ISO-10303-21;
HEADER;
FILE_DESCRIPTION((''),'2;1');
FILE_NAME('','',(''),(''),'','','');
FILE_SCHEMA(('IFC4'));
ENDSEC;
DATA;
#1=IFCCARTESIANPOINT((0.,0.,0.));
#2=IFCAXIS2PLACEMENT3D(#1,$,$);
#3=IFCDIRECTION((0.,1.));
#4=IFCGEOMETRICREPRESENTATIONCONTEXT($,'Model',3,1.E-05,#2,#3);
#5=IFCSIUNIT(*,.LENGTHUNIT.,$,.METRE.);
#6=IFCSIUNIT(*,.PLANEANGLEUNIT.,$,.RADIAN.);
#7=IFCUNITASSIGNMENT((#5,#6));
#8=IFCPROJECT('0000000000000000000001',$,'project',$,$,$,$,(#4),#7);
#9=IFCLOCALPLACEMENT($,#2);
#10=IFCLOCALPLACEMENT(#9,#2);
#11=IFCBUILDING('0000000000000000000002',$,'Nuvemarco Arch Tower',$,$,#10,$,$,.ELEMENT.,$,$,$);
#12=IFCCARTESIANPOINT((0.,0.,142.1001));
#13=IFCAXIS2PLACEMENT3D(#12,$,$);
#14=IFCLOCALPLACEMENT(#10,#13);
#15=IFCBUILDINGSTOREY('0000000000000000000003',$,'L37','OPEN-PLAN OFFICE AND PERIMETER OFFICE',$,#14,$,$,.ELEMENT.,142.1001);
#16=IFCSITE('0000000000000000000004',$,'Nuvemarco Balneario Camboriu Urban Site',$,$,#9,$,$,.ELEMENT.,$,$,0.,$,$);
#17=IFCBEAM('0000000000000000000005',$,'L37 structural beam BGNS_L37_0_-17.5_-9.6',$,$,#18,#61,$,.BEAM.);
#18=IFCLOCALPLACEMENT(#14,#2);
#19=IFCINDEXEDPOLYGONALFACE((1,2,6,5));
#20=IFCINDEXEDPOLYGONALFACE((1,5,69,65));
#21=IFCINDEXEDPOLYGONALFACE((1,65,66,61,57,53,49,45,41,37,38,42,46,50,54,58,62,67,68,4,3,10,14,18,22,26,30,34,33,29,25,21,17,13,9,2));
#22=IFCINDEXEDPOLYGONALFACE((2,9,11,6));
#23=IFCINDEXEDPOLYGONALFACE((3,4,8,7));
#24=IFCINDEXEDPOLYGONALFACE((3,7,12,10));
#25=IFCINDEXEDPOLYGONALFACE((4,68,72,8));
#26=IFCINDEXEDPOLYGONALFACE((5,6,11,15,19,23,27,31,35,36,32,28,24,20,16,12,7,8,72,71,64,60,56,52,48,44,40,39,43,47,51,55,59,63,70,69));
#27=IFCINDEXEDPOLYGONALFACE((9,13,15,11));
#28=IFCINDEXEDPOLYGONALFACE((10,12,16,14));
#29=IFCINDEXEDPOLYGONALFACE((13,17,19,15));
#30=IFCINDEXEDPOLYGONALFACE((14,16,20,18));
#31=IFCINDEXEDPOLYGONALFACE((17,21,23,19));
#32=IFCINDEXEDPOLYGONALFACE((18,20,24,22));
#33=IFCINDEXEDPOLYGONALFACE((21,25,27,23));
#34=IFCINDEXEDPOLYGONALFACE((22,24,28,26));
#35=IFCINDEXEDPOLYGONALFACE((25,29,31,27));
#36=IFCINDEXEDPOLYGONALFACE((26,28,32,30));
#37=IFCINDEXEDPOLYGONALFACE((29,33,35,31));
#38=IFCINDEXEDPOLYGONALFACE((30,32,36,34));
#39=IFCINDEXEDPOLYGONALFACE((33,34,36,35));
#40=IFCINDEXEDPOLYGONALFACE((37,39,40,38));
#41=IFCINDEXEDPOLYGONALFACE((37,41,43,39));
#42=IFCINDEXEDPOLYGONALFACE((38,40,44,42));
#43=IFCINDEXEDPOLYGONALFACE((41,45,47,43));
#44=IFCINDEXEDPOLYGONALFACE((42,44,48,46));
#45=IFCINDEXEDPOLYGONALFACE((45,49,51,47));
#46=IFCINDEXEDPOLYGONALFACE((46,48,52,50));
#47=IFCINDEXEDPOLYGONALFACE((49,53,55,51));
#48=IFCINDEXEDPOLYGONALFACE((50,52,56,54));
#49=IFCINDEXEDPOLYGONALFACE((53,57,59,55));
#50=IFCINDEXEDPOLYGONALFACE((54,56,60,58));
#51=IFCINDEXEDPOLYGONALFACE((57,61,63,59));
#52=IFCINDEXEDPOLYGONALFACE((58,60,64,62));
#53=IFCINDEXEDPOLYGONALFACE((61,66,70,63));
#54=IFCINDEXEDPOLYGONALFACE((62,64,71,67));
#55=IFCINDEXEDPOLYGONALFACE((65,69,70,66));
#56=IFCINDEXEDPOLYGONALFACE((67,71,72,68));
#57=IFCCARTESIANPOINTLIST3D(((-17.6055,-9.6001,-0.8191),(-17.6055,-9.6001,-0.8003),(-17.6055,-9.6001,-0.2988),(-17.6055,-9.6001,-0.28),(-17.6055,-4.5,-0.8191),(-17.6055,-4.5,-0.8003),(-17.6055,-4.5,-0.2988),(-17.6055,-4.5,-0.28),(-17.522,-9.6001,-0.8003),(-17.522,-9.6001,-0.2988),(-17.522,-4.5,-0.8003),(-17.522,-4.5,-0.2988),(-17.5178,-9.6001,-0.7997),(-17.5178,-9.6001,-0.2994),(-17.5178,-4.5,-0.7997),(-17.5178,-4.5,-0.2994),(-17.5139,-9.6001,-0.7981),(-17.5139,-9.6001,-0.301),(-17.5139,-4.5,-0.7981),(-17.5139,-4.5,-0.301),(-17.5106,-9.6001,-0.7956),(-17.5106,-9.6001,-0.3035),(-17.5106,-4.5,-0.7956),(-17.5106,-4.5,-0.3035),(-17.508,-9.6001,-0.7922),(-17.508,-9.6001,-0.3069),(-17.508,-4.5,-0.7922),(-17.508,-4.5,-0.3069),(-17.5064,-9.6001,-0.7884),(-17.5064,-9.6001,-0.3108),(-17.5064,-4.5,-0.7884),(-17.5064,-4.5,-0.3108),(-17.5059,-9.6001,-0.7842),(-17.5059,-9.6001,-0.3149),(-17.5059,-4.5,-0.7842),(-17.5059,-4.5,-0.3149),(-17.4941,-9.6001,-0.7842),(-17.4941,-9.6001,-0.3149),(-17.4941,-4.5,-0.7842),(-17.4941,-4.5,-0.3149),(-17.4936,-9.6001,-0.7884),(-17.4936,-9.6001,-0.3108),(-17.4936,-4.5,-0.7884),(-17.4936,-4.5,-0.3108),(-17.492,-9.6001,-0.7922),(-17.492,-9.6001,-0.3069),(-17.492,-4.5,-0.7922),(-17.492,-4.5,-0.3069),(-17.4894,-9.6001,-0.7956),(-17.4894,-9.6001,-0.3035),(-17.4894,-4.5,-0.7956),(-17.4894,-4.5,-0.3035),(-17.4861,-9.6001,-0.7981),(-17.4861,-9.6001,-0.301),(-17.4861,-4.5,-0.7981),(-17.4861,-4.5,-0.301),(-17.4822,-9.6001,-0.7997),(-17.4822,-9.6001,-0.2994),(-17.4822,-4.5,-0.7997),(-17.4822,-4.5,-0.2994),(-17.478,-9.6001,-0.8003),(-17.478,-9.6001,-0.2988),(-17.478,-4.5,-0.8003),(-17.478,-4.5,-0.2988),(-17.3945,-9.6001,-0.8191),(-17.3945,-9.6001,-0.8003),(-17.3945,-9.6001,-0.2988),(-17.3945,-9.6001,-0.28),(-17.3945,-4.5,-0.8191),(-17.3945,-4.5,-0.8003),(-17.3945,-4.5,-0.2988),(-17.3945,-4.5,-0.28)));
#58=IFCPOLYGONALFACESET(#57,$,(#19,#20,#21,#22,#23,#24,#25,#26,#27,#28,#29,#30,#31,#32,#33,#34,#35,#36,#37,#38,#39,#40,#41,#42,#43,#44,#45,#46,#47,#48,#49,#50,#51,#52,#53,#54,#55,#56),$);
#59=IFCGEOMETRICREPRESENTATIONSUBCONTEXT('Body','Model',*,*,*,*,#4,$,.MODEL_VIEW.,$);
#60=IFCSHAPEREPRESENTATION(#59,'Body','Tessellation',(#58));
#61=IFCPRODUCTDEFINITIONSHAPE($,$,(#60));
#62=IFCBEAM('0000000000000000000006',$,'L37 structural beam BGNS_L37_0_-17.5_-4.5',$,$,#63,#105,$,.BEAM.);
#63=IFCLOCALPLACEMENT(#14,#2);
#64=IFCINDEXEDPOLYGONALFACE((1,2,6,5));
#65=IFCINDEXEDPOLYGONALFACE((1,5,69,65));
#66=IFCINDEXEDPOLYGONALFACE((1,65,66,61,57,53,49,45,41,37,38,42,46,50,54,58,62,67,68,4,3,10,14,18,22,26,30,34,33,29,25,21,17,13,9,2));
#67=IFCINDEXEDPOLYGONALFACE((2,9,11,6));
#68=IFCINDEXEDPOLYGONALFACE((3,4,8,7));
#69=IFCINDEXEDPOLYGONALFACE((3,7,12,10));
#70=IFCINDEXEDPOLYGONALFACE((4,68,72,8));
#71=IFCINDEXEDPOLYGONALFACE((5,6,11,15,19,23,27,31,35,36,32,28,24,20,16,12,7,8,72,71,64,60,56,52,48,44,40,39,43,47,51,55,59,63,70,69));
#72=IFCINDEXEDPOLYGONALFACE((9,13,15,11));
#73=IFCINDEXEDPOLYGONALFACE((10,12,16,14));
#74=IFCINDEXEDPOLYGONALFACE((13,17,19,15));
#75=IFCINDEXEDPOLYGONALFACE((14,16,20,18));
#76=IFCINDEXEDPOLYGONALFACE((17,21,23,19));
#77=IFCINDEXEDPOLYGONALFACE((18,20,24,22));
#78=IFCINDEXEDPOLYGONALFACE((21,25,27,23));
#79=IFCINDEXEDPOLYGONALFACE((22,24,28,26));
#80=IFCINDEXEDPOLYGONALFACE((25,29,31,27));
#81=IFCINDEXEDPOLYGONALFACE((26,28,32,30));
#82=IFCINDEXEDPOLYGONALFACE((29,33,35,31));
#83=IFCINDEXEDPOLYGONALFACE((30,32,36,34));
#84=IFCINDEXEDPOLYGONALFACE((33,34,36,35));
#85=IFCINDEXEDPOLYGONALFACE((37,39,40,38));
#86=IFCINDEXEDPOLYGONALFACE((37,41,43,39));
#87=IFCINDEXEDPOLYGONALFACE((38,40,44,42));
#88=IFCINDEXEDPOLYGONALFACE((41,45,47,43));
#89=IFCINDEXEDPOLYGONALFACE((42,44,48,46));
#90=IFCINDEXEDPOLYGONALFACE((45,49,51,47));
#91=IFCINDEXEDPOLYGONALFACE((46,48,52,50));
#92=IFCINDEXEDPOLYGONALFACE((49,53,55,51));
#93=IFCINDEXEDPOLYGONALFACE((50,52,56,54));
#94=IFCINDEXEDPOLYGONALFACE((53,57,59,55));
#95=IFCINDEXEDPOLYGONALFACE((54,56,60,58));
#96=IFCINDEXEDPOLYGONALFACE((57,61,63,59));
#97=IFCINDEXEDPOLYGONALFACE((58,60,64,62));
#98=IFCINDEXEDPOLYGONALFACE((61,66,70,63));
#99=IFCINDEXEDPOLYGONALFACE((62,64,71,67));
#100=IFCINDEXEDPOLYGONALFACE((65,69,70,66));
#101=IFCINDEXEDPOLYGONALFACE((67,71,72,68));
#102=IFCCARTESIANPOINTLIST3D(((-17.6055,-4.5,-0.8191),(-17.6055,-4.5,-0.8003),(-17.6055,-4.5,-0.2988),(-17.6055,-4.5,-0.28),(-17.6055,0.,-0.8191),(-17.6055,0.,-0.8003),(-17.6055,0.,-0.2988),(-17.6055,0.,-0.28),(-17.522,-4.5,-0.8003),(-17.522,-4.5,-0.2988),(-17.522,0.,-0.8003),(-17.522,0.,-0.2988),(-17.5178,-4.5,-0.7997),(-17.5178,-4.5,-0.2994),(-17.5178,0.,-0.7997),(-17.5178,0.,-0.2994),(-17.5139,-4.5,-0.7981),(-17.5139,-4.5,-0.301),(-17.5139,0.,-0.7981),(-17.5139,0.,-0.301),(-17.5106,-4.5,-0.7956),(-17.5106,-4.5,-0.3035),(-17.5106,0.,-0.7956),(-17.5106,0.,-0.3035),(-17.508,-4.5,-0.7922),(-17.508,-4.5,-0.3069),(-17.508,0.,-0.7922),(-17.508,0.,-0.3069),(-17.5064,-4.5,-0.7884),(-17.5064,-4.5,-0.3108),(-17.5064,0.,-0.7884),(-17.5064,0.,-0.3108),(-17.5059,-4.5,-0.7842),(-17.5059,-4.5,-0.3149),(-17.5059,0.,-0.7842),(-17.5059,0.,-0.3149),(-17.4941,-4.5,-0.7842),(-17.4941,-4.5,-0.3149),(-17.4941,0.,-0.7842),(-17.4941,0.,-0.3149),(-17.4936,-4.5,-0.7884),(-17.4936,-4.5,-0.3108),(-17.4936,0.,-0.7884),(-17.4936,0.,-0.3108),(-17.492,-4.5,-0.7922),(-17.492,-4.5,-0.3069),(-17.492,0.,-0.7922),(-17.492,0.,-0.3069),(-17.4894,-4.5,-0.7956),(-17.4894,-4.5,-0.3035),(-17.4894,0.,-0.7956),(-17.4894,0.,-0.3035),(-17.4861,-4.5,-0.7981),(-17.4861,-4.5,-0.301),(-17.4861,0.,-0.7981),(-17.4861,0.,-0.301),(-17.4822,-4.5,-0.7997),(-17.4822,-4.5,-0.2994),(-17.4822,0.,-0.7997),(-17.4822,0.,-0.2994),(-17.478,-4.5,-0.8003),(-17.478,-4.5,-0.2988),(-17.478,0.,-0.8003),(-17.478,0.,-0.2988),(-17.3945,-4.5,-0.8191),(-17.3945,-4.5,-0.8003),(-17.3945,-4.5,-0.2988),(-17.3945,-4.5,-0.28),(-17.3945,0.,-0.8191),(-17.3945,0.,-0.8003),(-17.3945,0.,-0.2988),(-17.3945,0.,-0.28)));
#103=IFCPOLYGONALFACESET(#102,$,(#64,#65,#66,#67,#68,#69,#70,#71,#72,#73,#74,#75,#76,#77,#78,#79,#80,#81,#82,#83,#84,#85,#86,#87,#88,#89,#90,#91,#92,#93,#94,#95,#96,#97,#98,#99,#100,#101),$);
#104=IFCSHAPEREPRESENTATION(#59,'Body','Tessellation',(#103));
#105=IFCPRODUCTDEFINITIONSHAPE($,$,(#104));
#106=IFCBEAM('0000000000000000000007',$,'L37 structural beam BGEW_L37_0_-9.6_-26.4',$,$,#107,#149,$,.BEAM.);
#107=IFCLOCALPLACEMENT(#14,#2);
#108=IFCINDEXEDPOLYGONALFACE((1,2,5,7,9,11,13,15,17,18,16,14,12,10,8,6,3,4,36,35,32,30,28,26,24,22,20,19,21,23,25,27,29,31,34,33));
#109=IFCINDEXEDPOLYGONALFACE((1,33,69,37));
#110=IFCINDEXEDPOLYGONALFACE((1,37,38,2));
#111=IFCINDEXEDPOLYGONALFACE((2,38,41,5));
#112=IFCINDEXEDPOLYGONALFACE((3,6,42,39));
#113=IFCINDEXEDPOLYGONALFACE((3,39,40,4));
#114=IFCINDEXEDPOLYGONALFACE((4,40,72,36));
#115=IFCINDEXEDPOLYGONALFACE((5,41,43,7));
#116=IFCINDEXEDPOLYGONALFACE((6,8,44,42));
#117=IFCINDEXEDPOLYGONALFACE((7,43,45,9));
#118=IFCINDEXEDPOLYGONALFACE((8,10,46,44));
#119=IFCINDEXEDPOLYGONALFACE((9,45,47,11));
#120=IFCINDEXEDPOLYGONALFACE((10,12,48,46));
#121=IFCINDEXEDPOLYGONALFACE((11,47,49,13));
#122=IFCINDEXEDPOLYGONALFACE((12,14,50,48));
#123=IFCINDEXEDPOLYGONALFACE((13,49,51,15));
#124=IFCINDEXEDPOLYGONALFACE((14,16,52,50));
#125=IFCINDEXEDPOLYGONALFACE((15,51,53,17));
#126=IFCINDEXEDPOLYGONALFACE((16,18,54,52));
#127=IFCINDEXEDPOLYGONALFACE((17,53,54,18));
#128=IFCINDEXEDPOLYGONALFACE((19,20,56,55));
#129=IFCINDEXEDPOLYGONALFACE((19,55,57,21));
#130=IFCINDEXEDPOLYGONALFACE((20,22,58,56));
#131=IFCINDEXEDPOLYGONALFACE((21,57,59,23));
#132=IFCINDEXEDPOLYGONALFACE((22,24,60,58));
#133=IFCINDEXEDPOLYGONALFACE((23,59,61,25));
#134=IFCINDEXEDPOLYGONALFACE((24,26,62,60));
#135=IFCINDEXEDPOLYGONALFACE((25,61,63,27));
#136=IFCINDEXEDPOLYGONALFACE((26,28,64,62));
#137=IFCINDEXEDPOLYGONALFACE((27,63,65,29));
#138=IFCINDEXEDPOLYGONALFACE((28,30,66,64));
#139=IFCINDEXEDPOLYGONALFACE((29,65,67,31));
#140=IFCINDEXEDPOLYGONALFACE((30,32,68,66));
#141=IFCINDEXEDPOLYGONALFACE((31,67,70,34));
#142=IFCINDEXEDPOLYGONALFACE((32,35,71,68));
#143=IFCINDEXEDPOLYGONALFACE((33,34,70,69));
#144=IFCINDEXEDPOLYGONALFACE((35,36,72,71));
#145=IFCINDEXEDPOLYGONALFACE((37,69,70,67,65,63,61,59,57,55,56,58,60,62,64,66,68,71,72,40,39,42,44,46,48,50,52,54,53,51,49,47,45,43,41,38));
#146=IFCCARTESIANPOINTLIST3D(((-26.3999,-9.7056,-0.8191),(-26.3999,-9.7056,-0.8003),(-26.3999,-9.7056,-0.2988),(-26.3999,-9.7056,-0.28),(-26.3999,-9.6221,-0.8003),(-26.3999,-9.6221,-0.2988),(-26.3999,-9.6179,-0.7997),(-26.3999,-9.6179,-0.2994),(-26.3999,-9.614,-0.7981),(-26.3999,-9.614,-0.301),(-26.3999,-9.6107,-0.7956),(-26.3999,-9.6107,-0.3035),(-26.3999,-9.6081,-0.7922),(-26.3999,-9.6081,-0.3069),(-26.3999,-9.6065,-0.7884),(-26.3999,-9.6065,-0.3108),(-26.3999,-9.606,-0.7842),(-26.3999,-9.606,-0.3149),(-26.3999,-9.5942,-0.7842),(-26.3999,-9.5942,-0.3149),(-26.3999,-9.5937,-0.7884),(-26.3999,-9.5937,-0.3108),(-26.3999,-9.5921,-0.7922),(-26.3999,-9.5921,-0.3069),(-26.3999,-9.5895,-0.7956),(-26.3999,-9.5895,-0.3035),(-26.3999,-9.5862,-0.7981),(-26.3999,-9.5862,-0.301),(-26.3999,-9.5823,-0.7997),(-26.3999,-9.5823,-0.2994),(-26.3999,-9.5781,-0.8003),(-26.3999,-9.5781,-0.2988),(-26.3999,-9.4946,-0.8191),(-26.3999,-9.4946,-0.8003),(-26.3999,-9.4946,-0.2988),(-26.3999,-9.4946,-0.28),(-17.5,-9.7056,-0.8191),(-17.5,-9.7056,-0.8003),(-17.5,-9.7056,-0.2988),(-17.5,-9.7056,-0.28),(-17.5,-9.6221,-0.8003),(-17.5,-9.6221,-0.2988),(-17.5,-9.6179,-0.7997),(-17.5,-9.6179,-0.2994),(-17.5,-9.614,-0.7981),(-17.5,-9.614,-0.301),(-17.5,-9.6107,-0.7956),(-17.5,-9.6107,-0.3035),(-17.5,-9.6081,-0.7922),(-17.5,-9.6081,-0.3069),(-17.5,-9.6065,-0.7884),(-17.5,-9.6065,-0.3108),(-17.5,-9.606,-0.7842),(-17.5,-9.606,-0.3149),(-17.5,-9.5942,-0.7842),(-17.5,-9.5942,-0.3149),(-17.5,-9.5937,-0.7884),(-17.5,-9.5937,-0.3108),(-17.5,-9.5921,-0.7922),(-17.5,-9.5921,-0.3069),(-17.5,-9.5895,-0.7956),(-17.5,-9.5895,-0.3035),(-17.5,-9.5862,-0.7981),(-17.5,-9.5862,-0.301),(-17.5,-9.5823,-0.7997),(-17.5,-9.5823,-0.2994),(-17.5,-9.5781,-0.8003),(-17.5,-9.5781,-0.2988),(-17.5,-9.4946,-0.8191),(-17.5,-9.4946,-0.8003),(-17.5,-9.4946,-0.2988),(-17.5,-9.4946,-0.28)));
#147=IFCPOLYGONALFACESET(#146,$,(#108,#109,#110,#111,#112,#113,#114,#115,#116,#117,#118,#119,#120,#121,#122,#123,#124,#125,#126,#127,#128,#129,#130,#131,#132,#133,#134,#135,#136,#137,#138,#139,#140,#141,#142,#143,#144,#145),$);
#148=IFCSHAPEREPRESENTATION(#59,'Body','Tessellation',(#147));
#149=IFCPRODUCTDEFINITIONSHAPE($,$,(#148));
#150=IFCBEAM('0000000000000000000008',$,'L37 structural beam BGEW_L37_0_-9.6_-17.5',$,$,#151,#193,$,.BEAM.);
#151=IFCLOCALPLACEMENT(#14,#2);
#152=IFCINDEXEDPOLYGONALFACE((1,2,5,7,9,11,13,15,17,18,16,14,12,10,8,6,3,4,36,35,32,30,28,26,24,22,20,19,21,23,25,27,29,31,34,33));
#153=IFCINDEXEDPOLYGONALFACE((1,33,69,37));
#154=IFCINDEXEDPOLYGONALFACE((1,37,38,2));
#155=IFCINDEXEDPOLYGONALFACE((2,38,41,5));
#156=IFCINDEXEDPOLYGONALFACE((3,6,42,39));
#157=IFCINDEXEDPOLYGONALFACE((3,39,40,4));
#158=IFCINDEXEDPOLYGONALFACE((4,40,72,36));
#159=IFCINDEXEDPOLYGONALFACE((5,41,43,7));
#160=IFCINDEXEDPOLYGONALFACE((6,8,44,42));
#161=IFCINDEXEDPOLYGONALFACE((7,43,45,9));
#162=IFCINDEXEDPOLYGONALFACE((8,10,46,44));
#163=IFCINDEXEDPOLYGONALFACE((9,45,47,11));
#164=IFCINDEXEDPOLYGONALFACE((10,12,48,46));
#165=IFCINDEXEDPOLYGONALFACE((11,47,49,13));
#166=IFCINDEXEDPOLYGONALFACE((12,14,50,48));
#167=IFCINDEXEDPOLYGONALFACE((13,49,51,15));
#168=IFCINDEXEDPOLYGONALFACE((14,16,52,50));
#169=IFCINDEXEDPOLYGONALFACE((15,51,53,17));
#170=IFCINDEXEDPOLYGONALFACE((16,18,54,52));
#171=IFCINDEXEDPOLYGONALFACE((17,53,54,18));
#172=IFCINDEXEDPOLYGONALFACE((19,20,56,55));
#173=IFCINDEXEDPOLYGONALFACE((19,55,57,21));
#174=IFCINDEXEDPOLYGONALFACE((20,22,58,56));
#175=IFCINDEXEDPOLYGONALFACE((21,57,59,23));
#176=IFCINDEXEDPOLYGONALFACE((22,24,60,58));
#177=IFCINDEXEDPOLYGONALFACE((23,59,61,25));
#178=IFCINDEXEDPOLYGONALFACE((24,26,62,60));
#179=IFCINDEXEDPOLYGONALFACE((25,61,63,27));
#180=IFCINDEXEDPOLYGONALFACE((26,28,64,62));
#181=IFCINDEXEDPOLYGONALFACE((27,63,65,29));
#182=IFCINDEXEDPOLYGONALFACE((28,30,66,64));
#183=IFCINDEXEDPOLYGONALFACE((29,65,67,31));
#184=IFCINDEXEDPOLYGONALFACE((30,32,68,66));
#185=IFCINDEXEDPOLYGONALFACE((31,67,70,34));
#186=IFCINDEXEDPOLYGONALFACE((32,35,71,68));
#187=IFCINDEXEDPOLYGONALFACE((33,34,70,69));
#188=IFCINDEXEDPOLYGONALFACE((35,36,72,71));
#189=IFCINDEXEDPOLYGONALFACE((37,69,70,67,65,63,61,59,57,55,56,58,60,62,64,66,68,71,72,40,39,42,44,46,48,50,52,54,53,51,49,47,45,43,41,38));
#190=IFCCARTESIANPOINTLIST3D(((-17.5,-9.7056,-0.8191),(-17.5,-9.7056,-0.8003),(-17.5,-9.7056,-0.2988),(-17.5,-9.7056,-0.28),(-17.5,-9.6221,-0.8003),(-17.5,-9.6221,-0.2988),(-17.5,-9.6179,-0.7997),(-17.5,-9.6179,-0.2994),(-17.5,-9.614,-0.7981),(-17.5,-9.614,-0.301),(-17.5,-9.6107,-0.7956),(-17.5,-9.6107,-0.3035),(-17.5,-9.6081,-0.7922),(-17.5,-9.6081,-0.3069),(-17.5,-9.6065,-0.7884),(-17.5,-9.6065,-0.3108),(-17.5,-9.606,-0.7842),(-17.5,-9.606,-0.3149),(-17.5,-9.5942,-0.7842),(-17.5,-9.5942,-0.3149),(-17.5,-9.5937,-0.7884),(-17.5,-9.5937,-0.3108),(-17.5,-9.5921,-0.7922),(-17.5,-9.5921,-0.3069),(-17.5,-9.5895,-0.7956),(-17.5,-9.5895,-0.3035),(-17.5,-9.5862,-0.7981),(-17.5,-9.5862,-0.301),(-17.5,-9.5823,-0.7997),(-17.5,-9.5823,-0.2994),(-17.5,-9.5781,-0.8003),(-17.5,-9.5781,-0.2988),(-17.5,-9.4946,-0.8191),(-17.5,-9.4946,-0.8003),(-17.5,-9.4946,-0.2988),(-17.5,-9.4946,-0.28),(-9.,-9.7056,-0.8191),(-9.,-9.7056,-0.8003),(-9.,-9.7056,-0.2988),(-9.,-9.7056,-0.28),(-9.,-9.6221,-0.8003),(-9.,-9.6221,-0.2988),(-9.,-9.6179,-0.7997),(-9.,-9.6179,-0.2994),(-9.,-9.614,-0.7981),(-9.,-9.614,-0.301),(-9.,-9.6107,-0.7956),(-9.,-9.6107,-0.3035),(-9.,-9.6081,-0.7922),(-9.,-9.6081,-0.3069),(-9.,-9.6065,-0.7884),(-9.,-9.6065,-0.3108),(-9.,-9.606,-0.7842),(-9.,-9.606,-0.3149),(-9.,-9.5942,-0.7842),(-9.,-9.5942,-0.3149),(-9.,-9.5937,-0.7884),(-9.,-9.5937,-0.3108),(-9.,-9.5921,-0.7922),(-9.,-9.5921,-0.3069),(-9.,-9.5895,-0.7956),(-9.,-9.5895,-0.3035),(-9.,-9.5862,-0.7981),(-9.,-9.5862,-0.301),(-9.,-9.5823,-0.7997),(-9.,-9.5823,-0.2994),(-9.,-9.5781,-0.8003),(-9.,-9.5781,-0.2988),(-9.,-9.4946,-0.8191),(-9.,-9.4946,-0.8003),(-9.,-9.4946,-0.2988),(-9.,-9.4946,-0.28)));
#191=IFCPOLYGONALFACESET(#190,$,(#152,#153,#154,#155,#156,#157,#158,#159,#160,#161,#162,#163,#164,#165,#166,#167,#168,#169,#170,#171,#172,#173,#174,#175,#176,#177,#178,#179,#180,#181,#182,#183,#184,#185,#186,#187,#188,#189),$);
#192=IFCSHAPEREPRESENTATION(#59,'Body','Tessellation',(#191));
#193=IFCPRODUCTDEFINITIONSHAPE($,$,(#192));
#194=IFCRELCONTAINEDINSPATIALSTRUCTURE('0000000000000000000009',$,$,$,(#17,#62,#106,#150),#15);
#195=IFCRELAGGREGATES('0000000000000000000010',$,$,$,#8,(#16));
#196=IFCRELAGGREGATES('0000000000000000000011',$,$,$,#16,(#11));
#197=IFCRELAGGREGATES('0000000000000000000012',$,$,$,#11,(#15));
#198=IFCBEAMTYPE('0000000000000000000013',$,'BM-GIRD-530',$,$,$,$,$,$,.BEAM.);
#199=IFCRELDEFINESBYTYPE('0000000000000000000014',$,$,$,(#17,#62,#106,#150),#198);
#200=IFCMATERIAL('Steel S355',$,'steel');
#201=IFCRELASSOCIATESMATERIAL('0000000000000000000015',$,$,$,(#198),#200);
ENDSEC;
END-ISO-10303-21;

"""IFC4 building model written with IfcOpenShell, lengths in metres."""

from ifc_helpers import new_model, si_unit, direction, frame, origin, origin_2d, place, context, subcontext, project, spatial, i_section, extrude, material, material_profile, profile_set, type_object, element, save


model = new_model("IFC4")

# Units and contexts
model_context = context("Model", 3, precision=1e-05, world=origin(), true_north=direction((0.0, 1.0)))
body_context = subcontext(model_context, "Body", "Model", "MODEL_VIEW")
ifc_project = project(units=[si_unit("LENGTHUNIT", "METRE"), si_unit("PLANEANGLEUNIT", "RADIAN")], contexts=[model_context])

# Site, building, storey
site_placement = place(None, origin())
site = spatial("IfcSite", under=ifc_project, at=site_placement, Name="Nuvemarco Balneario Camboriu Urban Site", CompositionType="ELEMENT", RefElevation=0.0)
building_placement = place(site_placement, origin())
building = spatial("IfcBuilding", under=site, at=building_placement, Name="Nuvemarco Arch Tower", CompositionType="ELEMENT")
storey_placement = place(building_placement, frame((0.0, 0.0, 142.1001)))
storey = spatial("IfcBuildingStorey", under=building, at=storey_placement, Name="L37", Description="OPEN-PLAN OFFICE AND PERIMETER OFFICE", CompositionType="ELEMENT", Elevation=142.1001)

# Shared definitions
ifc_material_1 = material(Name="Steel S355", Category="steel")

# Beams
ifc_material_profile_1 = material_profile(ifc_material_1, i_section(OverallWidth=0.2109, OverallDepth=0.5391, WebThickness=0.0117, FlangeThickness=0.0188, FilletRadius=0.0161, at=origin_2d()), Name="W530x109")
ifc_profile_set_1 = profile_set([ifc_material_profile_1], Name="Steel S355")
beam_type_1 = type_object("IfcBeamType", Name="BM-GIRD-530", PredefinedType="BEAM", material=ifc_profile_set_1)
beam_1_placement = place(storey_placement, frame((-17.5, -9.6001, -0.5496), z_axis=(0.0, 1.0, 0.0), x_axis=(-1.0, 0.0, 0.0)))
element("IfcBeam", 1, at=beam_1_placement, inside=storey, type_object=beam_type_1, Name="L37 structural beam BGNS_L37_0_-17.5_-9.6", PredefinedType="BEAM", context=body_context, shape_type="SweptSolid", body=[
    extrude(i_section(OverallWidth=0.2109, OverallDepth=0.5391, WebThickness=0.0117, FlangeThickness=0.0188, FilletRadius=0.0161, at=origin_2d()), origin(), (0.0, 0.0, 1.0), 5.1001),
])
beam_2_placement = place(storey_placement, frame((-17.5, -4.5, -0.5496), z_axis=(0.0, 1.0, 0.0), x_axis=(-1.0, 0.0, 0.0)))
element("IfcBeam", 2, at=beam_2_placement, inside=storey, type_object=beam_type_1, Name="L37 structural beam BGNS_L37_0_-17.5_-4.5", PredefinedType="BEAM", context=body_context, shape_type="SweptSolid", body=[
    extrude(i_section(OverallWidth=0.2109, OverallDepth=0.5391, WebThickness=0.0117, FlangeThickness=0.0188, FilletRadius=0.0161, at=origin_2d()), origin(), (0.0, 0.0, 1.0), 4.5),
])
beam_3_placement = place(storey_placement, frame((-26.3999, -9.6001, -0.5496), z_axis=(1.0, 0.0, 0.0), x_axis=(0.0, 1.0, 0.0)))
element("IfcBeam", 3, at=beam_3_placement, inside=storey, type_object=beam_type_1, Name="L37 structural beam BGEW_L37_0_-9.6_-26.4", PredefinedType="BEAM", context=body_context, shape_type="SweptSolid", body=[
    extrude(i_section(OverallWidth=0.2109, OverallDepth=0.5391, WebThickness=0.0117, FlangeThickness=0.0188, FilletRadius=0.0161, at=origin_2d()), origin(), (0.0, 0.0, 1.0), 8.8999),
])
beam_4_placement = place(storey_placement, frame((-17.5, -9.6001, -0.5496), z_axis=(1.0, 0.0, 0.0), x_axis=(0.0, 1.0, 0.0)))
element("IfcBeam", 4, at=beam_4_placement, inside=storey, type_object=beam_type_1, Name="L37 structural beam BGEW_L37_0_-9.6_-17.5", PredefinedType="BEAM", context=body_context, shape_type="SweptSolid", body=[
    extrude(i_section(OverallWidth=0.2109, OverallDepth=0.5391, WebThickness=0.0117, FlangeThickness=0.0188, FilletRadius=0.0161, at=origin_2d()), origin(), (0.0, 0.0, 1.0), 8.5),
])

save(model, "model.ifc")
